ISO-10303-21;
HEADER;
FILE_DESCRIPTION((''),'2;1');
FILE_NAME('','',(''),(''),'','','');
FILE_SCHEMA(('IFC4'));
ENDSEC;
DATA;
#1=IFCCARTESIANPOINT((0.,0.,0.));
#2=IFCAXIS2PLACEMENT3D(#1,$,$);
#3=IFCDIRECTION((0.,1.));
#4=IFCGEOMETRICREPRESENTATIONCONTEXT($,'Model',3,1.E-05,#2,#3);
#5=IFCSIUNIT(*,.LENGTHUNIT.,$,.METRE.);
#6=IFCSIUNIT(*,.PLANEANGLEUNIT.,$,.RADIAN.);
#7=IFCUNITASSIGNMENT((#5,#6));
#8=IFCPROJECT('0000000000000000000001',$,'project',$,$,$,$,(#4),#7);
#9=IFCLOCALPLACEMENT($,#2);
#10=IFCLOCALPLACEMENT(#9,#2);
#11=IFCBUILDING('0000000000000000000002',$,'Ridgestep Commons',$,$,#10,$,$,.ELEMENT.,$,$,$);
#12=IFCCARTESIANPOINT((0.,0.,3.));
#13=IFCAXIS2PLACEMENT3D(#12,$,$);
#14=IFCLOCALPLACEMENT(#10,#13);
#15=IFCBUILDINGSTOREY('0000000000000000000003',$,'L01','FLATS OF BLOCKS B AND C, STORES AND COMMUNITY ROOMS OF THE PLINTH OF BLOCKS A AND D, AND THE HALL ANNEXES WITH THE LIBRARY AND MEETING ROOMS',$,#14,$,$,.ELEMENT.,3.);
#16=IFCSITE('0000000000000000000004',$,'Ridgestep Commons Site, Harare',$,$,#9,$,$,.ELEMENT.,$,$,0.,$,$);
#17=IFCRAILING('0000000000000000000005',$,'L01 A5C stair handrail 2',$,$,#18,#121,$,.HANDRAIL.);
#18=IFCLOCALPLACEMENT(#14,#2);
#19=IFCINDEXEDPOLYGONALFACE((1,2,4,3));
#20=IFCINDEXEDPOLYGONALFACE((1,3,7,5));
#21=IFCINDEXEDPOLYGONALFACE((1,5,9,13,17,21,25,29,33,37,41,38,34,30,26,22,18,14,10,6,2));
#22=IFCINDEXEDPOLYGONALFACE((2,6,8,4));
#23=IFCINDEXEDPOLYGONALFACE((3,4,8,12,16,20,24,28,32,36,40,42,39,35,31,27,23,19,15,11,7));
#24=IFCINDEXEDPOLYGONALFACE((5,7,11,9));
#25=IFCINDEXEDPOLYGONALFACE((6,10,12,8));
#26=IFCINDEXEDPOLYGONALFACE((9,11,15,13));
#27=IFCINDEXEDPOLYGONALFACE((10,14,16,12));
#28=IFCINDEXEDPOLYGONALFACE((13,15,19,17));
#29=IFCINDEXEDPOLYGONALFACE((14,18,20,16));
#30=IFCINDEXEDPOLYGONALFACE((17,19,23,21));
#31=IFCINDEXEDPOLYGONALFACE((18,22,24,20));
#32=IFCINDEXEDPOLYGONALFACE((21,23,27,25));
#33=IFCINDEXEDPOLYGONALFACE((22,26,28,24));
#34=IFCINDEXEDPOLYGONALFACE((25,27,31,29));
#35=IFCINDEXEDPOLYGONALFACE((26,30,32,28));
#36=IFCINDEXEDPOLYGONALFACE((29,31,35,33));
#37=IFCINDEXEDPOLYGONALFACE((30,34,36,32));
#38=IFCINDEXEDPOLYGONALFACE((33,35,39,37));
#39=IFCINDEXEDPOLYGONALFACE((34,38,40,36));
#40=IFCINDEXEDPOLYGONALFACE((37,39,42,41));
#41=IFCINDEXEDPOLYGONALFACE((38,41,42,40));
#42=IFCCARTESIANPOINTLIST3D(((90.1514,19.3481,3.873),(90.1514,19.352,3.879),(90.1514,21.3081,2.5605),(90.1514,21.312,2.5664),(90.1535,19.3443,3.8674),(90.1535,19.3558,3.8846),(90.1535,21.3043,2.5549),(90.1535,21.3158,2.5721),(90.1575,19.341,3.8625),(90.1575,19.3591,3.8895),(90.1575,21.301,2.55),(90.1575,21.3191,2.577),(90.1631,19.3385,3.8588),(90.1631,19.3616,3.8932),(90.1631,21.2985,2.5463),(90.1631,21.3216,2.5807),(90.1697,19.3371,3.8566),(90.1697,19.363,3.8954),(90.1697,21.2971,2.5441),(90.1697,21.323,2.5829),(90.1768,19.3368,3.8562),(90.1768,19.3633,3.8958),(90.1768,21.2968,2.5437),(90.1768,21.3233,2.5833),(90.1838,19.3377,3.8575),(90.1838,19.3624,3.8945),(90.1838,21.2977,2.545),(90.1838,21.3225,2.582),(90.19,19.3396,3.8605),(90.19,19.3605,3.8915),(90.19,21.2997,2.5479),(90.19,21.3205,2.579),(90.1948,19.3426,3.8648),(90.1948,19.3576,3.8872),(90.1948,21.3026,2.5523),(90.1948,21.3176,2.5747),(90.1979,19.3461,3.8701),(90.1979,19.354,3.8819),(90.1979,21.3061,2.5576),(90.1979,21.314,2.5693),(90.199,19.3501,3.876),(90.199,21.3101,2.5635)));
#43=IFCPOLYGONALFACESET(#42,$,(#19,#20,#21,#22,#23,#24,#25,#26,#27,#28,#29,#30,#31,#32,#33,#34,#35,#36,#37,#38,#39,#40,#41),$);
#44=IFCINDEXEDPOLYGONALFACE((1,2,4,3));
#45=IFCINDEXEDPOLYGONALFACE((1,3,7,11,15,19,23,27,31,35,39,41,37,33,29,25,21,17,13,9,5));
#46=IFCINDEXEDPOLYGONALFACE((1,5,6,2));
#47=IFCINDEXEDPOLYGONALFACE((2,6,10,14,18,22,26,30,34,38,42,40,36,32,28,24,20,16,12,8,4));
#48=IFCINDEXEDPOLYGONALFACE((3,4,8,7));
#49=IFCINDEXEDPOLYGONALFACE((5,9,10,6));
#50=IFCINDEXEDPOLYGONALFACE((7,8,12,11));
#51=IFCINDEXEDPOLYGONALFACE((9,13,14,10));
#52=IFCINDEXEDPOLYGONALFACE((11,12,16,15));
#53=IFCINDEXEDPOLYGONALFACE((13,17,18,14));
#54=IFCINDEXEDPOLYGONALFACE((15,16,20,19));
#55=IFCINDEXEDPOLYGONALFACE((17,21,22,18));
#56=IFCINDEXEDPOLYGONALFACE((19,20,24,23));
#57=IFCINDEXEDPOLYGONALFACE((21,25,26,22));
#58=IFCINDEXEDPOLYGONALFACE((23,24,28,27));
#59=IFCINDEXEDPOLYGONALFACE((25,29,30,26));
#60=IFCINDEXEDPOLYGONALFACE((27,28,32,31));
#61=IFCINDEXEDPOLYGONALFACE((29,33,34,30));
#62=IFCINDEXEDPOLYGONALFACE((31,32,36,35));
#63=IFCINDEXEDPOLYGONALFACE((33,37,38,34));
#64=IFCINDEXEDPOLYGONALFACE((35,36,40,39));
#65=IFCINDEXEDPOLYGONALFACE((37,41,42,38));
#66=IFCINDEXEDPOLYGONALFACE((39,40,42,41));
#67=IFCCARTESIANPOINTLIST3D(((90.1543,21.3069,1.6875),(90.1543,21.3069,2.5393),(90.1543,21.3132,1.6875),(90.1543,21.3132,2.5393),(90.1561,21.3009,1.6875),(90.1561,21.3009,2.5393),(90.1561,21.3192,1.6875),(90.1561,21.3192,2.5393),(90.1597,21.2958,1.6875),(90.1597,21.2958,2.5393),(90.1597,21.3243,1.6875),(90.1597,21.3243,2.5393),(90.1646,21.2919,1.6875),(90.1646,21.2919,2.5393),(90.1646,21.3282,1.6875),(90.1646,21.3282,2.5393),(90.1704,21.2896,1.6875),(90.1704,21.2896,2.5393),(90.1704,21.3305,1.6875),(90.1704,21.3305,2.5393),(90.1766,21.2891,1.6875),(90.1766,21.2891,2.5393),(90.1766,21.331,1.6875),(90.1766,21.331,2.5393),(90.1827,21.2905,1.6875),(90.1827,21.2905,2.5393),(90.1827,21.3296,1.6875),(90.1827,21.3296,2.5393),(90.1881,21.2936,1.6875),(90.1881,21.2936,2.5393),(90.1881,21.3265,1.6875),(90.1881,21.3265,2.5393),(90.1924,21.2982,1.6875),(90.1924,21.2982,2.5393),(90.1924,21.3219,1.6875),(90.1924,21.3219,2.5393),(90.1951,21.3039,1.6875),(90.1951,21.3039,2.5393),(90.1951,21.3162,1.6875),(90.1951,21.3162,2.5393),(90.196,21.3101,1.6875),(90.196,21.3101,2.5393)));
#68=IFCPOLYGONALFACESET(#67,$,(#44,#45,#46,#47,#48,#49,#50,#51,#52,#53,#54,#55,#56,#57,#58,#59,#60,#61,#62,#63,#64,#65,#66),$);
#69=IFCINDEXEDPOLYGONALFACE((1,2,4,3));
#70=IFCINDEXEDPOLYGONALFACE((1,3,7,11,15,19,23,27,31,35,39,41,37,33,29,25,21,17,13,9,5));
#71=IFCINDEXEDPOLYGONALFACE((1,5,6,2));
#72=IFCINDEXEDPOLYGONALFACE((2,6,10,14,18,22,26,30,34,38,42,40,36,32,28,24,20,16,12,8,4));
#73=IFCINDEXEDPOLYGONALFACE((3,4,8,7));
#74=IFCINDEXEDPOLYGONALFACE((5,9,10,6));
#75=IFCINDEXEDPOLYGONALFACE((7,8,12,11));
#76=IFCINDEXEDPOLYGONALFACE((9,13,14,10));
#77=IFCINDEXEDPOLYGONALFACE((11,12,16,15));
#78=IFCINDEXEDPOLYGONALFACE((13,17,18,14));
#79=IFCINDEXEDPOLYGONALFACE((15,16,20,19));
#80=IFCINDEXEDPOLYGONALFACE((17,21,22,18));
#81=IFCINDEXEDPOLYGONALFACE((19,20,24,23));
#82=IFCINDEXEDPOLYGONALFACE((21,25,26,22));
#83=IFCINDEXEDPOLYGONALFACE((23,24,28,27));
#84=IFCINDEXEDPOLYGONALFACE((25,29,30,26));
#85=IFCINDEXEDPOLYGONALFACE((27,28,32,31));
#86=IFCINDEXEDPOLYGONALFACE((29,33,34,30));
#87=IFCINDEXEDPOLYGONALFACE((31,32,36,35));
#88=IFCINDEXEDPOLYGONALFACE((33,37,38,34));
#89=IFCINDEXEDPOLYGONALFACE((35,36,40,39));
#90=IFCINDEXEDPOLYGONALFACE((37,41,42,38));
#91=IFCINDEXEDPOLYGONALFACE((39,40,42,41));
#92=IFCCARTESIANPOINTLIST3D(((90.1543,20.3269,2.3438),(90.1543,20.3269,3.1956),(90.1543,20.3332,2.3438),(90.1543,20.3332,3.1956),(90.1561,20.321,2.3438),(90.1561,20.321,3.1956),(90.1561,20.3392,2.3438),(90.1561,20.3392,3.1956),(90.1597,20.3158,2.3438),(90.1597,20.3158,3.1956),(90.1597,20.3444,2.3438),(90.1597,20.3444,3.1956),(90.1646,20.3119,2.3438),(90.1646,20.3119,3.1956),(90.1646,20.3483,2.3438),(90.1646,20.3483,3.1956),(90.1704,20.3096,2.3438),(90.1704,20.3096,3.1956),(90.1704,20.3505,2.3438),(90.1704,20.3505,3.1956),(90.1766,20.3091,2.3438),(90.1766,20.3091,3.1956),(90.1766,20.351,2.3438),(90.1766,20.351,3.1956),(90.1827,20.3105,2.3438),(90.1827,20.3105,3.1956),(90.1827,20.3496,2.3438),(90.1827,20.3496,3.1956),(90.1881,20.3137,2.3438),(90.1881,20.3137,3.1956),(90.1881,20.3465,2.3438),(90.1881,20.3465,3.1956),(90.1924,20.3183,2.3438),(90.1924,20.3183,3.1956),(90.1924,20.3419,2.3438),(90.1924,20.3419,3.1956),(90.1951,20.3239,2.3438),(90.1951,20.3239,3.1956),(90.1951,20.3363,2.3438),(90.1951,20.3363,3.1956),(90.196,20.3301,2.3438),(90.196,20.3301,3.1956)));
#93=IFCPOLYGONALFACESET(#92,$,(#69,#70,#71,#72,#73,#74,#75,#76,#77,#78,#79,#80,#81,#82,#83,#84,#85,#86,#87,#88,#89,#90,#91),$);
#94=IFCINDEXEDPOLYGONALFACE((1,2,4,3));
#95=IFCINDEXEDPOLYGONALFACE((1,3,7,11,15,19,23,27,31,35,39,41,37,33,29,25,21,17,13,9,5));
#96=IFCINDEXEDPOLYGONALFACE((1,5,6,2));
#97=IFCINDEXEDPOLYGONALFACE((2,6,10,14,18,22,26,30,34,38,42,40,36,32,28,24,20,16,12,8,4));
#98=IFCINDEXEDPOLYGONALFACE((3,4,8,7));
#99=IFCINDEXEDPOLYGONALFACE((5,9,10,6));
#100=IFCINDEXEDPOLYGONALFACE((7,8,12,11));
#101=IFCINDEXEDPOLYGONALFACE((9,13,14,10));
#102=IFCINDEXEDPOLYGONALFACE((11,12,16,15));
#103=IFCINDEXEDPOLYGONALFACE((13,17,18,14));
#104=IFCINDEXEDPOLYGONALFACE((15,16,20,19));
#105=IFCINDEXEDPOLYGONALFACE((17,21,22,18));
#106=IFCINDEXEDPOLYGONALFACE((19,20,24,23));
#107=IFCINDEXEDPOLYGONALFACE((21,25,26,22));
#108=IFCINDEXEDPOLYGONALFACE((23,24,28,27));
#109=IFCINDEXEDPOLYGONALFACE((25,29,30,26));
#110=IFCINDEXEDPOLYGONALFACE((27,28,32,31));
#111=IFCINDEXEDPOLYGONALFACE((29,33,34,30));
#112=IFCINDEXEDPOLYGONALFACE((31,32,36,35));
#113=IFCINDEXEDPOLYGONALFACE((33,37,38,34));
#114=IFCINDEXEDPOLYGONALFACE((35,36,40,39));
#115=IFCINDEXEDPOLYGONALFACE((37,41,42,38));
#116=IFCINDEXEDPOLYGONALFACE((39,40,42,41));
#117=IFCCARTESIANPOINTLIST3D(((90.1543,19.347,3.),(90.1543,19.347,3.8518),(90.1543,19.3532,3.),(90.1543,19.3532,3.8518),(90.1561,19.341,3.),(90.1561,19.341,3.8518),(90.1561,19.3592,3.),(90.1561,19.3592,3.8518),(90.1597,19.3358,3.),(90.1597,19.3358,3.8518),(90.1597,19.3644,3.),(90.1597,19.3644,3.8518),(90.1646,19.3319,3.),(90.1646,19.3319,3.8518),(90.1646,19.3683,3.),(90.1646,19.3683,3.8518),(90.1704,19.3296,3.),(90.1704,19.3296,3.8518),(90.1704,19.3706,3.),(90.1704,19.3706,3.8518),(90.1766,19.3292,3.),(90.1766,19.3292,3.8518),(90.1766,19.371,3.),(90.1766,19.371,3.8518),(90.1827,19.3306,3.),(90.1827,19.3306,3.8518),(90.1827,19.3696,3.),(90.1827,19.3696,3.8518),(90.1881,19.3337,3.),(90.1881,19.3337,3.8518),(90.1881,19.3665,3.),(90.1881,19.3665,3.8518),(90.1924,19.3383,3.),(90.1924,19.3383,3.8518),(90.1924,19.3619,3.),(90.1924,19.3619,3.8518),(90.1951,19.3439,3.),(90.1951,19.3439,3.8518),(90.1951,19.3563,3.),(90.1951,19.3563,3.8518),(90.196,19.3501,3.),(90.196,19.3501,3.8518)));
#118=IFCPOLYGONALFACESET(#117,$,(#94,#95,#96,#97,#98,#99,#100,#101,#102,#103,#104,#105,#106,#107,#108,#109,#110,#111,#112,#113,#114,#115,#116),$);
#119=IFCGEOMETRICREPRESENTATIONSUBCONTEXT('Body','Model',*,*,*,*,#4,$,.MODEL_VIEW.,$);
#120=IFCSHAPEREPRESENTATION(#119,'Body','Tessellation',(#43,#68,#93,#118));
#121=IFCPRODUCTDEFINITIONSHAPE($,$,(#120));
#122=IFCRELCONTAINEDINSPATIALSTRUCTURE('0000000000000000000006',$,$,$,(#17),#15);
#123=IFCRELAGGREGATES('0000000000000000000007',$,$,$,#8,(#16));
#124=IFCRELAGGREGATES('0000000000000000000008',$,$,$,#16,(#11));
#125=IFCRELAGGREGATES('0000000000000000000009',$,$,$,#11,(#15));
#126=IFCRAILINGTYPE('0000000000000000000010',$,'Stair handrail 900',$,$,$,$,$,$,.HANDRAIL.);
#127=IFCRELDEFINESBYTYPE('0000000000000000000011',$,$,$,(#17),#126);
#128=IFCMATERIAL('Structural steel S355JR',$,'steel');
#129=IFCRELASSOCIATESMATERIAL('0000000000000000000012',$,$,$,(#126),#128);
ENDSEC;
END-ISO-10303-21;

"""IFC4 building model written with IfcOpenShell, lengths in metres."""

from ifc_helpers import new_model, si_unit, direction, frame, origin, origin_2d, place, context, subcontext, project, spatial, circle, extrude, material, type_object, element, save


model = new_model("IFC4")

# Units and contexts
model_context = context("Model", 3, precision=1e-05, world=origin(), true_north=direction((0.0, 1.0)))
body_context = subcontext(model_context, "Body", "Model", "MODEL_VIEW")
ifc_project = project(units=[si_unit("LENGTHUNIT", "METRE"), si_unit("PLANEANGLEUNIT", "RADIAN")], contexts=[model_context])

# Site, building, storey
site_placement = place(None, origin())
site = spatial("IfcSite", under=ifc_project, at=site_placement, Name="Ridgestep Commons Site, Harare", CompositionType="ELEMENT", RefElevation=0.0)
building_placement = place(site_placement, origin())
building = spatial("IfcBuilding", under=site, at=building_placement, Name="Ridgestep Commons", CompositionType="ELEMENT")
storey_placement = place(building_placement, frame((0.0, 0.0, 3.0)))
storey = spatial("IfcBuildingStorey", under=building, at=storey_placement, Name="L01", Description="FLATS OF BLOCKS B AND C, STORES AND COMMUNITY ROOMS OF THE PLINTH OF BLOCKS A AND D, AND THE HALL ANNEXES WITH THE LIBRARY AND MEETING ROOMS", CompositionType="ELEMENT", Elevation=3.0)

# Railing
ifc_material_1 = material(Name="Structural steel S355JR", Category="steel")
railing_type_1 = type_object("IfcRailingType", Name="Stair handrail 900", PredefinedType="HANDRAIL", material=ifc_material_1)
railing_1_placement = place(storey_placement, frame((90.175, 21.3101, 1.6875)))
element("IfcRailing", 1, at=railing_1_placement, inside=storey, type_object=railing_type_1, Name="L01 A5C stair handrail 2", PredefinedType="HANDRAIL", context=body_context, shape_type="SweptSolid", body=[
    extrude(circle(Radius=0.0239, at=origin_2d()), frame((0.0, 0.0, 0.876), z_axis=(0.0, -0.830902, 0.556419), x_axis=(1.0, 0.0, 0.0)), (0.0, 0.0, 1.0), 2.3589),
    extrude(circle(Radius=0.021, at=origin_2d()), origin(), (0.0, 0.0, 1.0), 0.8518),
    extrude(circle(Radius=0.021, at=origin_2d()), frame((0.0, -0.98, 0.6562)), (0.0, 0.0, 1.0), 0.8518),
    extrude(circle(Radius=0.021, at=origin_2d()), frame((0.0, -1.96, 1.3125)), (0.0, 0.0, 1.0), 0.8518),
])

save(model, "model.ifc")
